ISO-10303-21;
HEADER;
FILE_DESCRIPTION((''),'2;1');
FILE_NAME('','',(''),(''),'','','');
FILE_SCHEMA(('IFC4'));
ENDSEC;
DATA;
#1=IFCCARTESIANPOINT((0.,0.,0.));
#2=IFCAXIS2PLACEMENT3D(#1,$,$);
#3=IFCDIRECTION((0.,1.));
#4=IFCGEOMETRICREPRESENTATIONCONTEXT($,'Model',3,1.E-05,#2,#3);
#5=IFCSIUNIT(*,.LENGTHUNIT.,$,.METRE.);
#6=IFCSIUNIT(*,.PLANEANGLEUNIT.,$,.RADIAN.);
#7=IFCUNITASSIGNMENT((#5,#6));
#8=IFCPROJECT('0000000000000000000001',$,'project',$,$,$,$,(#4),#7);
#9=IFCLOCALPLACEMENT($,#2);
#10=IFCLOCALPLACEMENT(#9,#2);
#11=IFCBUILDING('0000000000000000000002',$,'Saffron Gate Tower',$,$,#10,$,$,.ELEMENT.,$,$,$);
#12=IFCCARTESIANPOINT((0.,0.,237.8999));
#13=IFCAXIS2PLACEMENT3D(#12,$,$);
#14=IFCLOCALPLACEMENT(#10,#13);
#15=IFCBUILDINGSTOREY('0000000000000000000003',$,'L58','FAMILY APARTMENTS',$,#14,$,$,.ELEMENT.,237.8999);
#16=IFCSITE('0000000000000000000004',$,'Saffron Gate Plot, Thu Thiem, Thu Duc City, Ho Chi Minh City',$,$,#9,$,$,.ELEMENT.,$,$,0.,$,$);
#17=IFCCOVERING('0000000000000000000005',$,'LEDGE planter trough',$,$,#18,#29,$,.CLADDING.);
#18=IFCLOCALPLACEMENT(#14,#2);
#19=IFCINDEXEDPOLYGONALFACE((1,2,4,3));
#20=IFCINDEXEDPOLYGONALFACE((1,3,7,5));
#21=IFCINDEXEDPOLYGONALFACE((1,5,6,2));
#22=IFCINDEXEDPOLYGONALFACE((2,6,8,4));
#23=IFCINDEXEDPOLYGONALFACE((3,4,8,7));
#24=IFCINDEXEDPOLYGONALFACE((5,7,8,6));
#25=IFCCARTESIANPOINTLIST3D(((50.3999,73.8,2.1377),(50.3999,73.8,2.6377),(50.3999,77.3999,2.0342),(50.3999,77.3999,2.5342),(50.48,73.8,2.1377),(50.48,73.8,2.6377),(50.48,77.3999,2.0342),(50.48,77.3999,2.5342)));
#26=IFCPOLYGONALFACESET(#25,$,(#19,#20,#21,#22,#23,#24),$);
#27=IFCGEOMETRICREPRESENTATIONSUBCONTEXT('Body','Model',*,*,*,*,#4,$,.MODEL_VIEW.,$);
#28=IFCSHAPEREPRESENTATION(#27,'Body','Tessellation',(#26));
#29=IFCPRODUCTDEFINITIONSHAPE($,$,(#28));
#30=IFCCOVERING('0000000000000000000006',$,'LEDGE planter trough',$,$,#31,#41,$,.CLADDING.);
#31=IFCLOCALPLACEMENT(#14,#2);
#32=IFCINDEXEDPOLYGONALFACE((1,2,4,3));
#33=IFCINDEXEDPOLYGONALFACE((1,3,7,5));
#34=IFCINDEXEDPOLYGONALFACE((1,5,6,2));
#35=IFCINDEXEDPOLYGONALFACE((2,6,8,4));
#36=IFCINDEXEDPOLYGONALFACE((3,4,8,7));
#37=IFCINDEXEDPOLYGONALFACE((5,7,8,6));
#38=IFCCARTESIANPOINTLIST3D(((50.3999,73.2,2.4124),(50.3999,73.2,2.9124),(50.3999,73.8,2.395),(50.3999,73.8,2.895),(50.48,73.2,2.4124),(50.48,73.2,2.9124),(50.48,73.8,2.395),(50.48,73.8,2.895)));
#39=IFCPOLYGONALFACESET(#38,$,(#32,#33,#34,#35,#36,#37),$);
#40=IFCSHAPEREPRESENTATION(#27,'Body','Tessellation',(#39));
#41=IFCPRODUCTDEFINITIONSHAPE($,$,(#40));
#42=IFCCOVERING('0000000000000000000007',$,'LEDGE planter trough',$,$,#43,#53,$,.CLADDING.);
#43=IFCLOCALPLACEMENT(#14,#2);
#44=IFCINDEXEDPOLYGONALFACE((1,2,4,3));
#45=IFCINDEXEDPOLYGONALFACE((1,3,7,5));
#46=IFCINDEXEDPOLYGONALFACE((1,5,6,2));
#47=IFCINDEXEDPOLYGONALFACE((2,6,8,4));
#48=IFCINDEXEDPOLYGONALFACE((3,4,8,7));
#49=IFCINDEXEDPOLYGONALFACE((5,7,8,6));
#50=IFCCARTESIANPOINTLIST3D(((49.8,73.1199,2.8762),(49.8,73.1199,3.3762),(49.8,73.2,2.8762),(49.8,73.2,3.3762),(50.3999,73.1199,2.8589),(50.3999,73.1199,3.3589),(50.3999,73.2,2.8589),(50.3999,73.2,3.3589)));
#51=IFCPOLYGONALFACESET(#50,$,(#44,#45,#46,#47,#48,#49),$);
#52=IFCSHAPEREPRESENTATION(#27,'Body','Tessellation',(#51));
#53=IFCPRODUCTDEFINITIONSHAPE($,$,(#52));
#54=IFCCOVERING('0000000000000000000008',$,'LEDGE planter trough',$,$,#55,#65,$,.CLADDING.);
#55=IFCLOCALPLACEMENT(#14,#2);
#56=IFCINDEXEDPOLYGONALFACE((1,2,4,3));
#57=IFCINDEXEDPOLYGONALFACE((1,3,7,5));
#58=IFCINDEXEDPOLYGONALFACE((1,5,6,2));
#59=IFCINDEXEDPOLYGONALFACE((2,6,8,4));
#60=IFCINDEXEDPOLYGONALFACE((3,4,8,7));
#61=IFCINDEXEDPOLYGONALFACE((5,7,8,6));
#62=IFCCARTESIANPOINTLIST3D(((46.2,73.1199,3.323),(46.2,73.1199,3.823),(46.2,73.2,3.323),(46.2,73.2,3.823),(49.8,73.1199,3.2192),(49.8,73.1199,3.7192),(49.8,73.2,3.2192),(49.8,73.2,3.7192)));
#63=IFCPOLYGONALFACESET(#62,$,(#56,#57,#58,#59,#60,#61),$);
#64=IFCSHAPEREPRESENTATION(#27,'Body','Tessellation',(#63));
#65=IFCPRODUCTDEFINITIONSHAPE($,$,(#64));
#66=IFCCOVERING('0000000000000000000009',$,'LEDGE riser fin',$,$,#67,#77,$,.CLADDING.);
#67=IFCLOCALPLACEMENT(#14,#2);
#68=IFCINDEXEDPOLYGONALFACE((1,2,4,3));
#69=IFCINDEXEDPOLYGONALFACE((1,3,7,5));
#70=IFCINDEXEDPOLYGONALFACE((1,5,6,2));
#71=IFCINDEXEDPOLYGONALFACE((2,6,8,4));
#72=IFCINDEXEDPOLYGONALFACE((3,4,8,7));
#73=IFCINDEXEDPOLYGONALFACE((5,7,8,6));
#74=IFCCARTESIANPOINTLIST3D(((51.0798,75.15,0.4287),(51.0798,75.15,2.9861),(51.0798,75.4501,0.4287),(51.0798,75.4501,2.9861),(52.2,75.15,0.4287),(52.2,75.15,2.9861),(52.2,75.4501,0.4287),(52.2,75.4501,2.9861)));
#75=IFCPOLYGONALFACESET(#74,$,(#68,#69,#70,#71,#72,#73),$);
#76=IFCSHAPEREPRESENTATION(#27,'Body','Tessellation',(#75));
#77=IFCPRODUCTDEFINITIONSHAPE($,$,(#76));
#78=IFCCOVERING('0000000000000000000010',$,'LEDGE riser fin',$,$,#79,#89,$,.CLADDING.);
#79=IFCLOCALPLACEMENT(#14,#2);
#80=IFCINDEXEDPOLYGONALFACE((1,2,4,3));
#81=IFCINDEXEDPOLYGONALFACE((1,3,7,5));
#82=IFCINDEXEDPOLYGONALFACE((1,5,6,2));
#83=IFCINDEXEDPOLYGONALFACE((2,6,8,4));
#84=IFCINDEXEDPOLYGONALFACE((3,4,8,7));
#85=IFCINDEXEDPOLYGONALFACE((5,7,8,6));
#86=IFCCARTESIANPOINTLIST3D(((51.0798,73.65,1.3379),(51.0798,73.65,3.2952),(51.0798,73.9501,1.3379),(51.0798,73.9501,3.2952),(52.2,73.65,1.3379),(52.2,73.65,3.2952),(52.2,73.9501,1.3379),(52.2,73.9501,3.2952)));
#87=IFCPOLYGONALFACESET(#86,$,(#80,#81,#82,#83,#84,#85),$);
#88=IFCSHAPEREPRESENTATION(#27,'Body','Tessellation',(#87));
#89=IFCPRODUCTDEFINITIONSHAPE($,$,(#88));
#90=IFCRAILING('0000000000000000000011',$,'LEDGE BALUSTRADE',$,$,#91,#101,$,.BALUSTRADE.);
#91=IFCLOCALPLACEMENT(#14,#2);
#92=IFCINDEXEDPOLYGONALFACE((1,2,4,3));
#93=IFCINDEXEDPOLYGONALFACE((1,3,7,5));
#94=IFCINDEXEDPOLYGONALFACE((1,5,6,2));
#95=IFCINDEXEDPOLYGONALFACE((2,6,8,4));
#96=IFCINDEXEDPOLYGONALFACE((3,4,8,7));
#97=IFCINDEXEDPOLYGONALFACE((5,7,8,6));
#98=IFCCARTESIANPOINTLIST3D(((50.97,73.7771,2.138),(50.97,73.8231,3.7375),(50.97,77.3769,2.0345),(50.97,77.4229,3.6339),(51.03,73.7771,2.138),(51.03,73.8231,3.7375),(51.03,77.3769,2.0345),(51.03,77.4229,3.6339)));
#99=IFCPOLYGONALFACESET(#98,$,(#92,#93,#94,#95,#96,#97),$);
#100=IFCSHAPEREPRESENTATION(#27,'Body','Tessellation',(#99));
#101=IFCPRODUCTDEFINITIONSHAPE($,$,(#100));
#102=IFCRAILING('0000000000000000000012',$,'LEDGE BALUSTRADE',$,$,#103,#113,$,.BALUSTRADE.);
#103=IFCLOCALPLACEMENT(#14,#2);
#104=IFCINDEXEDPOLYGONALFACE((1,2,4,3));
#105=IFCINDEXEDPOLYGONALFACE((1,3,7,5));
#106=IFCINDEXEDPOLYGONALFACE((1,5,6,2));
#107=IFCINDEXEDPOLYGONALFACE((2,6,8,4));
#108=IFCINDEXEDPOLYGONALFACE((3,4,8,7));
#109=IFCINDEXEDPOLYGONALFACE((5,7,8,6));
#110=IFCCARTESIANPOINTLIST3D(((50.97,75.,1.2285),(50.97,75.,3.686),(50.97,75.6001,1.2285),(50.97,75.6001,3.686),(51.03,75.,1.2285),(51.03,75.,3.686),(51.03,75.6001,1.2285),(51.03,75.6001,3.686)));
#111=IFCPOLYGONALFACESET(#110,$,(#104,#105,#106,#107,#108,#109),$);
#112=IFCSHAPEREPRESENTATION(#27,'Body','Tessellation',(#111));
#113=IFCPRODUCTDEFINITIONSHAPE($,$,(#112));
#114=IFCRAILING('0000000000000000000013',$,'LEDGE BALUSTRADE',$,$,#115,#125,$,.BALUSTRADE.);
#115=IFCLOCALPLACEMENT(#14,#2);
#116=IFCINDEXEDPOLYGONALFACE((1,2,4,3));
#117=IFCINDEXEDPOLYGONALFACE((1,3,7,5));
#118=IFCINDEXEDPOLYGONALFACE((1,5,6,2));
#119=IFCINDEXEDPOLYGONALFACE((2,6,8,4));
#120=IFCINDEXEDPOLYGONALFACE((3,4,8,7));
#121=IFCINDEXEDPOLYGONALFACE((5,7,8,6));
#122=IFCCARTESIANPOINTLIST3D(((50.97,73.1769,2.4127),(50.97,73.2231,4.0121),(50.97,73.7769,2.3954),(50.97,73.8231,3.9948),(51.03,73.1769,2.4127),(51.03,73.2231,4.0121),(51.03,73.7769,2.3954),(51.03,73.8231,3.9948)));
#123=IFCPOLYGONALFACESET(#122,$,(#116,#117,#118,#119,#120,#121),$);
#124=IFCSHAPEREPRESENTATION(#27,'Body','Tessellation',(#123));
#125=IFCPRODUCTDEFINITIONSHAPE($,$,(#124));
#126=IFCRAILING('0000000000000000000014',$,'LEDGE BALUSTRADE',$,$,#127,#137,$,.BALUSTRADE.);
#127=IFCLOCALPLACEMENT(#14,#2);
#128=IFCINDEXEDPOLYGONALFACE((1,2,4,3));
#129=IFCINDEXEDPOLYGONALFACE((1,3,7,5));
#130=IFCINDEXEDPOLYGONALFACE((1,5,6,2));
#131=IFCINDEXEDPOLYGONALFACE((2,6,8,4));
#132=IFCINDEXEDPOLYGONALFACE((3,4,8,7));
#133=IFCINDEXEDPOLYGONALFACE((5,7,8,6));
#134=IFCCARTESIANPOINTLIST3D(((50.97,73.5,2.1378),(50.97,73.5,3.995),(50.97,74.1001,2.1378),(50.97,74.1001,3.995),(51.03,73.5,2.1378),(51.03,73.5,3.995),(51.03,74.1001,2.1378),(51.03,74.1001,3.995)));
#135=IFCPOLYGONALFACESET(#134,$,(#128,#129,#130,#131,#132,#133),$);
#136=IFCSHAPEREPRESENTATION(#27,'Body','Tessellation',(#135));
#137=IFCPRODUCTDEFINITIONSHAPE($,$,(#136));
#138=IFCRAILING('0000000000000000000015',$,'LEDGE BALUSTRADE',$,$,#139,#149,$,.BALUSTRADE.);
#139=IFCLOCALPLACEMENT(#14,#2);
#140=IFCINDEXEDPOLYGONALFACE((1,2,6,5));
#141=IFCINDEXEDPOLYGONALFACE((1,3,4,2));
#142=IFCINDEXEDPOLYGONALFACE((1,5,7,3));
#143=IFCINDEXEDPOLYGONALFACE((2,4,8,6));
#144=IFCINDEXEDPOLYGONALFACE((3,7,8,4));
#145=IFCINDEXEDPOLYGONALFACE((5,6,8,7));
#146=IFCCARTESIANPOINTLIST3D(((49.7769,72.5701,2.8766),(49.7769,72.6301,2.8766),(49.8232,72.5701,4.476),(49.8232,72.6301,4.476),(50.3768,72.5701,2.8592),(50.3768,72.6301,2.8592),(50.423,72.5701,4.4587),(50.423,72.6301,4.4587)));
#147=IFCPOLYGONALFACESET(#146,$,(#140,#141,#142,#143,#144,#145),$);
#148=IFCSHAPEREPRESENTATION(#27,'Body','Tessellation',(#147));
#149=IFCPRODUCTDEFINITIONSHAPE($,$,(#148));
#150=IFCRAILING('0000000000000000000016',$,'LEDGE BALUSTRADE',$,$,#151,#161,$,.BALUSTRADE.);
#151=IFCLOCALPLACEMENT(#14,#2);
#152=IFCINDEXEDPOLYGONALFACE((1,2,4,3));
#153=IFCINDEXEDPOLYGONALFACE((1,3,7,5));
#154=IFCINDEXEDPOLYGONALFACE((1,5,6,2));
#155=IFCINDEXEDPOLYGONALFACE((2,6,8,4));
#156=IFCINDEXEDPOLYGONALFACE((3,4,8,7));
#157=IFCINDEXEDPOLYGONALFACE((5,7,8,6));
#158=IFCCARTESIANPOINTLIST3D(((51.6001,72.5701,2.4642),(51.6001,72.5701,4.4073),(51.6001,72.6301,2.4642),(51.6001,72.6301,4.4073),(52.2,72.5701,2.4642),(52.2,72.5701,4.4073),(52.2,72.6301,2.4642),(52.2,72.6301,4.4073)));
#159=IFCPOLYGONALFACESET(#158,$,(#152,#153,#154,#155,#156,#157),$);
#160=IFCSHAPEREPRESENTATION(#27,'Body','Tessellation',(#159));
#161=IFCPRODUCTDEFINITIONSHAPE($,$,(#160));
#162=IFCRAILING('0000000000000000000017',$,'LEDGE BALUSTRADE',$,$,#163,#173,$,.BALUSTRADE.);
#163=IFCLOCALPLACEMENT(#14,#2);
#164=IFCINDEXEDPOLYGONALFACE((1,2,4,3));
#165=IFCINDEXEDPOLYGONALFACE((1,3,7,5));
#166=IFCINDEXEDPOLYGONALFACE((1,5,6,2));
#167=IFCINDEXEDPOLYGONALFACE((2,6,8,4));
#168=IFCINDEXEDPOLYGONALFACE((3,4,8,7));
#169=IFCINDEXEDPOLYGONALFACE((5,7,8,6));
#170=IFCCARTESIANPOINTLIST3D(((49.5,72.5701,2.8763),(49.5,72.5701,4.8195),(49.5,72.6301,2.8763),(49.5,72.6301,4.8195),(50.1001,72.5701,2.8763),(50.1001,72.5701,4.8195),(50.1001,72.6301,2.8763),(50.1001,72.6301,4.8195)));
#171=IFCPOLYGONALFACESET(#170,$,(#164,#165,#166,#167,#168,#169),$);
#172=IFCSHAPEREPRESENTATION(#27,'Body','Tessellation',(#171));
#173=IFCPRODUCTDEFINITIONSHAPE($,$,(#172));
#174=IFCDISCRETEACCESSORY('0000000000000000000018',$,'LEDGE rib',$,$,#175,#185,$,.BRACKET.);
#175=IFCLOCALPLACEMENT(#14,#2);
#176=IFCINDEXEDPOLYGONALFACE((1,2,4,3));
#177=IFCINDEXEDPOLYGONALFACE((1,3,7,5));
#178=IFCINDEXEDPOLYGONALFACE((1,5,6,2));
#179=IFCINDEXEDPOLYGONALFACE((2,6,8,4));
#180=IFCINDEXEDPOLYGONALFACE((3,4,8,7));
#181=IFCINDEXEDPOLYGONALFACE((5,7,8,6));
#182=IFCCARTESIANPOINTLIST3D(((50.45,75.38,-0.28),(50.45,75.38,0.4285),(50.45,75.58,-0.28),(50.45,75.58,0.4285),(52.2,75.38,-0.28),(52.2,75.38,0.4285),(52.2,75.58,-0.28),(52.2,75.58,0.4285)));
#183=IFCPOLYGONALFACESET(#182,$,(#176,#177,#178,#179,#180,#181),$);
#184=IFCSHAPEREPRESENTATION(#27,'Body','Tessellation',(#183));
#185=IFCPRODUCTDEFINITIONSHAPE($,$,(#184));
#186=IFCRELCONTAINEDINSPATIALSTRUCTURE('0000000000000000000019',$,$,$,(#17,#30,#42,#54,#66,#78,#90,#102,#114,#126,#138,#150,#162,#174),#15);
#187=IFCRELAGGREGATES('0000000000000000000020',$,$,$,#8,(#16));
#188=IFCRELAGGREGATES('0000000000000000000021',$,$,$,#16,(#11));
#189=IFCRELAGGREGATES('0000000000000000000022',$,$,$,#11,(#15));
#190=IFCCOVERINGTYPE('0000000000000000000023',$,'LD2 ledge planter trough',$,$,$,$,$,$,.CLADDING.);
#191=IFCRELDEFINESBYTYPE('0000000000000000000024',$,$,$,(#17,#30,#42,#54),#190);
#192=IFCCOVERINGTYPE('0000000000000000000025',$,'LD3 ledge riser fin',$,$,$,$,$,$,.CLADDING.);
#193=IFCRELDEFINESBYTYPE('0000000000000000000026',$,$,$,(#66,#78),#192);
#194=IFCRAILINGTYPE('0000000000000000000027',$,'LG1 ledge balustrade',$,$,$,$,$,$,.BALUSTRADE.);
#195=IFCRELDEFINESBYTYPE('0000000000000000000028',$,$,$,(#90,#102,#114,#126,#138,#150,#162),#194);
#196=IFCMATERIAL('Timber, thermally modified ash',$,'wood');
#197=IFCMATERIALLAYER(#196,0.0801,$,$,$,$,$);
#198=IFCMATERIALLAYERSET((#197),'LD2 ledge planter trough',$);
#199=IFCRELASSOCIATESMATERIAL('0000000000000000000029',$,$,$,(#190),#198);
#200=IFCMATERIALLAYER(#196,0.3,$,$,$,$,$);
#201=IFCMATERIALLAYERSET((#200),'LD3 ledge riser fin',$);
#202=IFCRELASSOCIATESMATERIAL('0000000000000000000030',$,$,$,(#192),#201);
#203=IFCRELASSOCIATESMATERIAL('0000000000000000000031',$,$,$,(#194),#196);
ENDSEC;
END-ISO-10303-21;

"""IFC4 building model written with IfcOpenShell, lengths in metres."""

from ifc_helpers import new_model, si_unit, direction, frame, origin, origin_2d, place, context, subcontext, project, spatial, polyline, rectangle, outline, extrude, material, layer, layer_set, type_object, element, save


model = new_model("IFC4")

# Units and contexts
model_context = context("Model", 3, precision=1e-05, world=origin(), true_north=direction((0.0, 1.0)))
body_context = subcontext(model_context, "Body", "Model", "MODEL_VIEW")
ifc_project = project(units=[si_unit("LENGTHUNIT", "METRE"), si_unit("PLANEANGLEUNIT", "RADIAN")], contexts=[model_context])

# Site, building, storey
site_placement = place(None, origin())
site = spatial("IfcSite", under=ifc_project, at=site_placement, Name="Saffron Gate Plot, Thu Thiem, Thu Duc City, Ho Chi Minh City", CompositionType="ELEMENT", RefElevation=0.0)
building_placement = place(site_placement, origin())
building = spatial("IfcBuilding", under=site, at=building_placement, Name="Saffron Gate Tower", CompositionType="ELEMENT")
storey_placement = place(building_placement, frame((0.0, 0.0, 237.8999)))
storey = spatial("IfcBuildingStorey", under=building, at=storey_placement, Name="L58", Description="FAMILY APARTMENTS", CompositionType="ELEMENT", Elevation=237.8999)

# Coverings
ifc_material_1 = material(Name="Timber, thermally modified ash", Category="wood")
ifc_layer_1 = layer(ifc_material_1, 0.0801)
ifc_layer_set_1 = layer_set([ifc_layer_1], Name="LD2 ledge planter trough")
covering_type_1 = type_object("IfcCoveringType", Name="LD2 ledge planter trough", PredefinedType="CLADDING", material=ifc_layer_set_1)
covering_1_placement = place(storey_placement, frame((50.3999, 77.3999, 2.0342), z_axis=(-1.0, 0.0, 0.0), x_axis=(0.0, -0.999587, 0.028744)))
element("IfcCovering", 1, at=covering_1_placement, inside=storey, type_object=covering_type_1, Name="LEDGE planter trough", PredefinedType="CLADDING", context=body_context, shape_type="SweptSolid", body=[
    extrude(outline(polyline([(0.0, 0.0), (3.6013, 0.0), (3.6157, 0.4998), (0.0144, 0.4998), (0.0, 0.0)])), origin(), (0.0, 0.0, -1.0), 0.0801),
])
covering_2_placement = place(storey_placement, frame((50.3999, 73.8, 2.395), z_axis=(-1.0, 0.0, 0.0), x_axis=(0.0, -0.999583, 0.028873)))
element("IfcCovering", 2, at=covering_2_placement, inside=storey, type_object=covering_type_1, Name="LEDGE planter trough", PredefinedType="CLADDING", context=body_context, shape_type="SweptSolid", body=[
    extrude(outline(polyline([(0.0, 0.0), (0.6003, 0.0), (0.6148, 0.4998), (0.0144, 0.4998), (0.0, 0.0)])), origin(), (0.0, 0.0, -1.0), 0.0801),
])
covering_3_placement = place(storey_placement, frame((50.3999, 73.2, 2.8589), z_axis=(0.0, 1.0, 0.0), x_axis=(-0.999583, 0.0, 0.028885)))
element("IfcCovering", 3, at=covering_3_placement, inside=storey, type_object=covering_type_1, Name="LEDGE planter trough", PredefinedType="CLADDING", context=body_context, shape_type="SweptSolid", body=[
    extrude(outline(polyline([(0.0, 0.0), (0.6001, 0.0), (0.6145, 0.4998), (0.0144, 0.4998), (0.0, 0.0)])), origin(), (0.0, 0.0, -1.0), 0.0801),
])
covering_4_placement = place(storey_placement, frame((49.8, 73.2, 3.2192), z_axis=(0.0, 1.0, 0.0), x_axis=(-0.999585, 0.0, 0.028809)))
element("IfcCovering", 4, at=covering_4_placement, inside=storey, type_object=covering_type_1, Name="LEDGE planter trough", PredefinedType="CLADDING", context=body_context, shape_type="SweptSolid", body=[
    extrude(outline(polyline([(0.0, 0.0), (3.6016, 0.0), (3.616, 0.4998), (0.0144, 0.4998), (0.0, 0.0)])), origin(), (0.0, 0.0, -1.0), 0.0801),
])
ifc_layer_2 = layer(ifc_material_1, 0.3)
ifc_layer_set_2 = layer_set([ifc_layer_2], Name="LD3 ledge riser fin")
covering_type_2 = type_object("IfcCoveringType", Name="LD3 ledge riser fin", PredefinedType="CLADDING", material=ifc_layer_set_2)
covering_5_placement = place(storey_placement, frame((51.6399, 75.3, 0.4287), z_axis=(0.0, 0.0, 1.0), x_axis=(0.0, -1.0, 0.0)))
element("IfcCovering", 5, at=covering_5_placement, inside=storey, type_object=covering_type_2, Name="LEDGE riser fin", PredefinedType="CLADDING", context=body_context, shape_type="SweptSolid", body=[
    extrude(rectangle(XDim=0.3, YDim=1.1201, at=origin_2d()), origin(), (0.0, 0.0, 1.0), 2.5574),
])
covering_6_placement = place(storey_placement, frame((51.6399, 73.8, 1.3379), z_axis=(0.0, 0.0, 1.0), x_axis=(0.0, -1.0, 0.0)))
element("IfcCovering", 6, at=covering_6_placement, inside=storey, type_object=covering_type_2, Name="LEDGE riser fin", PredefinedType="CLADDING", context=body_context, shape_type="SweptSolid", body=[
    extrude(rectangle(XDim=0.3, YDim=1.1201, at=origin_2d()), origin(), (0.0, 0.0, 1.0), 1.9573),
])

# Railings
railing_type = type_object("IfcRailingType", Name="LG1 ledge balustrade", PredefinedType="BALUSTRADE", material=ifc_material_1)
railing_1_placement = place(storey_placement, frame((51.0, 77.3999, 2.0342)))
element("IfcRailing", 7, at=railing_1_placement, inside=storey, type_object=railing_type, Name="LEDGE BALUSTRADE", PredefinedType="BALUSTRADE", context=body_context, shape_type="SweptSolid", body=[
    extrude(rectangle(XDim=0.0601, YDim=1.6001, at=origin_2d()), frame((0.0, 0.0, 0.8), z_axis=(0.0, -0.999587, 0.028744), x_axis=(1.0, 0.0, 0.0)), (0.0, 0.0, 1.0), 3.6013),
])
railing_2_placement = place(storey_placement, frame((51.0, 75.6001, 1.2285)))
element("IfcRailing", 8, at=railing_2_placement, inside=storey, type_object=railing_type, Name="LEDGE BALUSTRADE", PredefinedType="BALUSTRADE", context=body_context, shape_type="SweptSolid", body=[
    extrude(rectangle(XDim=0.0601, YDim=2.4575, at=origin_2d()), frame((0.0, 0.0, 1.2288), z_axis=(0.0, -1.0, 0.0), x_axis=(1.0, 0.0, 0.0)), (0.0, 0.0, 1.0), 0.6001),
])
railing_3_placement = place(storey_placement, frame((51.0, 73.8, 2.395)))
element("IfcRailing", 9, at=railing_3_placement, inside=storey, type_object=railing_type, Name="LEDGE BALUSTRADE", PredefinedType="BALUSTRADE", context=body_context, shape_type="SweptSolid", body=[
    extrude(rectangle(XDim=0.0601, YDim=1.6001, at=origin_2d()), frame((0.0, 0.0, 0.8), z_axis=(0.0, -0.999583, 0.028873), x_axis=(1.0, 0.0, 0.0)), (0.0, 0.0, 1.0), 0.6003),
])
railing_4_placement = place(storey_placement, frame((51.0, 74.1001, 2.1377)))
element("IfcRailing", 10, at=railing_4_placement, inside=storey, type_object=railing_type, Name="LEDGE BALUSTRADE", PredefinedType="BALUSTRADE", context=body_context, shape_type="SweptSolid", body=[
    extrude(rectangle(XDim=0.0601, YDim=1.8572, at=origin_2d()), frame((0.0, 0.0, 0.9287), z_axis=(0.0, -1.0, 0.0), x_axis=(1.0, 0.0, 0.0)), (0.0, 0.0, 1.0), 0.6001),
])
railing_5_placement = place(storey_placement, frame((50.3999, 72.6001, 2.8589)))
element("IfcRailing", 11, at=railing_5_placement, inside=storey, type_object=railing_type, Name="LEDGE BALUSTRADE", PredefinedType="BALUSTRADE", context=body_context, shape_type="SweptSolid", body=[
    extrude(rectangle(XDim=0.0601, YDim=1.6001, at=origin_2d()), frame((0.0, 0.0, 0.8), z_axis=(-0.999583, 0.0, 0.028885), x_axis=(0.0, -1.0, 0.0)), (0.0, 0.0, 1.0), 0.6001),
])
railing_6_placement = place(storey_placement, frame((52.2, 72.6001, 2.4641)))
element("IfcRailing", 12, at=railing_6_placement, inside=storey, type_object=railing_type, Name="LEDGE BALUSTRADE", PredefinedType="BALUSTRADE", context=body_context, shape_type="SweptSolid", body=[
    extrude(rectangle(XDim=0.0601, YDim=1.9431, at=origin_2d()), frame((0.0, 0.0, 0.9717), z_axis=(-1.0, 0.0, 0.0), x_axis=(0.0, -1.0, 0.0)), (0.0, 0.0, 1.0), 0.5999),
])
railing_7_placement = place(storey_placement, frame((50.1001, 72.6001, 2.8762)))
element("IfcRailing", 13, at=railing_7_placement, inside=storey, type_object=railing_type, Name="LEDGE BALUSTRADE", PredefinedType="BALUSTRADE", context=body_context, shape_type="SweptSolid", body=[
    extrude(rectangle(XDim=0.0601, YDim=1.9431, at=origin_2d()), frame((0.0, 0.0, 0.9717), z_axis=(-1.0, 0.0, 0.0), x_axis=(0.0, -1.0, 0.0)), (0.0, 0.0, 1.0), 0.6001),
])

# Discrete accessory
discrete_accessory_1_placement = place(storey_placement, frame((51.325, 75.48, -0.28), z_axis=(0.0, 0.0, 1.0), x_axis=(0.0, -1.0, 0.0)))
element("IfcDiscreteAccessory", 14, at=discrete_accessory_1_placement, inside=storey, Name="LEDGE rib", PredefinedType="BRACKET", context=body_context, shape_type="SweptSolid", body=[
    extrude(rectangle(XDim=0.2, YDim=1.75, at=origin_2d()), origin(), (0.0, 0.0, 1.0), 0.7085),
])

save(model, "model.ifc")
